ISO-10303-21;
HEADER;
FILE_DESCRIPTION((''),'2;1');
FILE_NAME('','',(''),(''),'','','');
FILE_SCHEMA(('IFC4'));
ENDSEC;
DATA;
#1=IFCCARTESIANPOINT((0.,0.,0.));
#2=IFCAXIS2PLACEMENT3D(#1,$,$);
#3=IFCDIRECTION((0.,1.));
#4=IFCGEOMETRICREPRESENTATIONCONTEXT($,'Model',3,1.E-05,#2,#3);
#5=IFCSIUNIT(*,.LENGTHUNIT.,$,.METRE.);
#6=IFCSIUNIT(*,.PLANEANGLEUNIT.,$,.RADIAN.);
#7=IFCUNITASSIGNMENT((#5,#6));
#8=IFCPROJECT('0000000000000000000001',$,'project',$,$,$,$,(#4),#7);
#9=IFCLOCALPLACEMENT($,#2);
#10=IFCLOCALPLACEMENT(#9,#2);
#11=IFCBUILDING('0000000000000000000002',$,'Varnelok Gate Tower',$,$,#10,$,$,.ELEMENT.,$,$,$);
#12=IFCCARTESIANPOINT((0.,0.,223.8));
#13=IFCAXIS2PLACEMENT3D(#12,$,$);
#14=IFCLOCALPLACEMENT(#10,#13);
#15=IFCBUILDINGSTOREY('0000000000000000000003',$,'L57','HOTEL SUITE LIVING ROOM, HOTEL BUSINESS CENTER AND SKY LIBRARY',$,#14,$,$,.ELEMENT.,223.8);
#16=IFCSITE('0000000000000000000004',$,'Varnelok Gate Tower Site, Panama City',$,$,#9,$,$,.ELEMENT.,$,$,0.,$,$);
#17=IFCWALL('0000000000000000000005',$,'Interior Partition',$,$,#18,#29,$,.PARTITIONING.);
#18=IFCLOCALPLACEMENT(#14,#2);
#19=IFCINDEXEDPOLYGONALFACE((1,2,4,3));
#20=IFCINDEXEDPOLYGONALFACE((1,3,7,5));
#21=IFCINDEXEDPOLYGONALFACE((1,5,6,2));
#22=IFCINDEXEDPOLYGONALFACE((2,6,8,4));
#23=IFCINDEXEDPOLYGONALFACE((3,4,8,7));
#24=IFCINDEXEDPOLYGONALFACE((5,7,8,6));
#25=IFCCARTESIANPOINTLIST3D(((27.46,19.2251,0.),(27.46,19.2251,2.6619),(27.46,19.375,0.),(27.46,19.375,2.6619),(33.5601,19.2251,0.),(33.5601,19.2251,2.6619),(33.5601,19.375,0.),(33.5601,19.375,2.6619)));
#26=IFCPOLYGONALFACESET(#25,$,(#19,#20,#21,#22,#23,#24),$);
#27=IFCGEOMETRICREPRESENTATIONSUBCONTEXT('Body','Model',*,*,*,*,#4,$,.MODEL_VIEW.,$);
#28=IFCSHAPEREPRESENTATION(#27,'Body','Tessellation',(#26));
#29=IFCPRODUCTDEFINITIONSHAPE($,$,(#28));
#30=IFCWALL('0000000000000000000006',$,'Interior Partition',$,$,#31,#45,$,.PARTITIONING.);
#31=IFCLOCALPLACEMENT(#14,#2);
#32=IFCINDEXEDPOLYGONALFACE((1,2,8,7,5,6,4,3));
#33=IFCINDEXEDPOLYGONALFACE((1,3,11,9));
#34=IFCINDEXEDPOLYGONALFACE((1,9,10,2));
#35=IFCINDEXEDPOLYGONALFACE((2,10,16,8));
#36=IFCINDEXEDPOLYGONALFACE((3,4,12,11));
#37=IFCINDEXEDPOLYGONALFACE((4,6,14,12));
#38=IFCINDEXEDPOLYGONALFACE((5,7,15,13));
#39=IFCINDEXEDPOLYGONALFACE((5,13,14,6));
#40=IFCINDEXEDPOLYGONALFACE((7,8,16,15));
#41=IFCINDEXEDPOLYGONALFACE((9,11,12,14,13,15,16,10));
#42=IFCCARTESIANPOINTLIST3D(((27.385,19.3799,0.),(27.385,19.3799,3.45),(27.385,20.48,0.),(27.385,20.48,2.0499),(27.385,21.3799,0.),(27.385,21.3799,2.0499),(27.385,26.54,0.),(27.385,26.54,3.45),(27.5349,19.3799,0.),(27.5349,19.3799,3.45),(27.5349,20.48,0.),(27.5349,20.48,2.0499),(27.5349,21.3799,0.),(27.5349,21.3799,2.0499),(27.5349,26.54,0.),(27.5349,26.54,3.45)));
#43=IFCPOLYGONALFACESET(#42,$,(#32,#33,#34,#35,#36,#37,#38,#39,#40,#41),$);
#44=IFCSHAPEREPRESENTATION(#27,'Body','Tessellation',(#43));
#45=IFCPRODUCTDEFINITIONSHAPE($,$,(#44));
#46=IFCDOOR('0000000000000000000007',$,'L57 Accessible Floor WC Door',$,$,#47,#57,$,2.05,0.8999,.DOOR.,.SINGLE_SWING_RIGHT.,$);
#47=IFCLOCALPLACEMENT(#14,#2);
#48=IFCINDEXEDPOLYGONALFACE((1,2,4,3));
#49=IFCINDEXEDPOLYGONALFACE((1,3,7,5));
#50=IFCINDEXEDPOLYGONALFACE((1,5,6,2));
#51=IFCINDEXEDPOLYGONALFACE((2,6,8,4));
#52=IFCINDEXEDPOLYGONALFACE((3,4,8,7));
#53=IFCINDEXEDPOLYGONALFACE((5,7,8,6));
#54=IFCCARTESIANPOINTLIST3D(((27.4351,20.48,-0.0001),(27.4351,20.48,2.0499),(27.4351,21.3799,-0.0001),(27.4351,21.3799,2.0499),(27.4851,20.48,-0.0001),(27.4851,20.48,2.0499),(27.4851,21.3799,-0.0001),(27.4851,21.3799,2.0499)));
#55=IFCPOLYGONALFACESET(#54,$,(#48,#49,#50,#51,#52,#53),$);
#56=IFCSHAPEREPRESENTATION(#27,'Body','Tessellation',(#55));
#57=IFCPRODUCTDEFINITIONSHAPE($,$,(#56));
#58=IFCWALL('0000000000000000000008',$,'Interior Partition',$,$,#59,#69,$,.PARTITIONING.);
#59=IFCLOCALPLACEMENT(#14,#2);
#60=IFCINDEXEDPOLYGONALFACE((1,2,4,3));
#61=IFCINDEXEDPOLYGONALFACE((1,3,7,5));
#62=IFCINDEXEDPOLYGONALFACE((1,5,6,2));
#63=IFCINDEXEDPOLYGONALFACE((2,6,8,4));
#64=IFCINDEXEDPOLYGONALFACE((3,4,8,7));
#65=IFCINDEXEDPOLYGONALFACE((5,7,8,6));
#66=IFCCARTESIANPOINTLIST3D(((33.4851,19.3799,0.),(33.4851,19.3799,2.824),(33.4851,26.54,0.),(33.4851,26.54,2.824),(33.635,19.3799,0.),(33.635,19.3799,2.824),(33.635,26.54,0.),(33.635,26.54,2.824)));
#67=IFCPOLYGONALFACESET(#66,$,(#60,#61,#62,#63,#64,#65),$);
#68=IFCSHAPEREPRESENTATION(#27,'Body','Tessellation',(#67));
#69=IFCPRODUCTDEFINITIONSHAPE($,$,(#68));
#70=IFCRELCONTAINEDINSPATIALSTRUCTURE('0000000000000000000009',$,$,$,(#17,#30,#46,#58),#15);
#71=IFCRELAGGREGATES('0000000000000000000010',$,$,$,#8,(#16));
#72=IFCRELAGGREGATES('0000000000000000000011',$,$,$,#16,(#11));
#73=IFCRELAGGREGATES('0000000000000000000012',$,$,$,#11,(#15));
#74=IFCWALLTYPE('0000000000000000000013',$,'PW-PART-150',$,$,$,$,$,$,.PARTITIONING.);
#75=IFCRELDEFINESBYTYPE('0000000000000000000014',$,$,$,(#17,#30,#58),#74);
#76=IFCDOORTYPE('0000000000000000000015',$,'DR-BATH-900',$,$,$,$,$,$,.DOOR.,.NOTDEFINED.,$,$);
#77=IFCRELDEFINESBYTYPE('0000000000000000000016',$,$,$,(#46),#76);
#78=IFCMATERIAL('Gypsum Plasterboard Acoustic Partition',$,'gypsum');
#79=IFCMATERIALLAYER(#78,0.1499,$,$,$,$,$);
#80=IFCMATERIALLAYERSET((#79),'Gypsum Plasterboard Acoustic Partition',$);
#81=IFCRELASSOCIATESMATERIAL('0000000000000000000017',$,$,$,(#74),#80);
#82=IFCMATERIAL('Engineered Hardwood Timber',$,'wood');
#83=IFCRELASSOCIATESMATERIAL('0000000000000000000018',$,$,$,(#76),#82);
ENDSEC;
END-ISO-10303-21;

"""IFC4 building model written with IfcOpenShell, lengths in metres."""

from ifc_helpers import new_model, si_unit, direction, frame, frame_2d, origin, place, context, subcontext, project, spatial, rectangle, extrude, material, layer, layer_set, type_object, element, fill, save


model = new_model("IFC4")

# Units and contexts
model_context = context("Model", 3, precision=1e-05, world=origin(), true_north=direction((0.0, 1.0)))
body_context = subcontext(model_context, "Body", "Model", "MODEL_VIEW")
ifc_project = project(units=[si_unit("LENGTHUNIT", "METRE"), si_unit("PLANEANGLEUNIT", "RADIAN")], contexts=[model_context])

# Site, building, storey
site_placement = place(None, origin())
site = spatial("IfcSite", under=ifc_project, at=site_placement, Name="Varnelok Gate Tower Site, Panama City", CompositionType="ELEMENT", RefElevation=0.0)
building_placement = place(site_placement, origin())
building = spatial("IfcBuilding", under=site, at=building_placement, Name="Varnelok Gate Tower", CompositionType="ELEMENT")
storey_placement = place(building_placement, frame((0.0, 0.0, 223.8)))
storey = spatial("IfcBuildingStorey", under=building, at=storey_placement, Name="L57", Description="HOTEL SUITE LIVING ROOM, HOTEL BUSINESS CENTER AND SKY LIBRARY", CompositionType="ELEMENT", Elevation=223.8)

# Shared definitions
ifc_material_1 = material(Name="Gypsum Plasterboard Acoustic Partition", Category="gypsum")
ifc_material_2 = material(Name="Engineered Hardwood Timber", Category="wood")

# Wall
ifc_layer_1 = layer(ifc_material_1, 0.1499)
ifc_layer_set_1 = layer_set([ifc_layer_1], Name="Gypsum Plasterboard Acoustic Partition")
wall_type_1 = type_object("IfcWallType", Name="PW-PART-150", PredefinedType="PARTITIONING", material=ifc_layer_set_1)
wall_1_placement = place(storey_placement, frame((27.46, 19.3, 0.0), z_axis=(0.0, 0.0, 1.0), x_axis=(1.0, 0.0, 0.0)))
element("IfcWall", 1, at=wall_1_placement, inside=storey, type_object=wall_type_1, Name="Interior Partition", PredefinedType="PARTITIONING", context=body_context, shape_type="SweptSolid", body=[
    extrude(rectangle(XDim=6.1001, YDim=0.1499, at=frame_2d((3.05, 0.0))), origin(), (0.0, 0.0, 1.0), 2.6619),
])

# Wall, opening, door
wall_2_placement = place(storey_placement, frame((27.46, 19.3799, 0.0), z_axis=(0.0, 0.0, 1.0), x_axis=(0.0, 1.0, 0.0)))
wall_2 = element("IfcWall", 2, at=wall_2_placement, inside=storey, type_object=wall_type_1, Name="Interior Partition", PredefinedType="PARTITIONING", context=body_context, shape_type="SweptSolid", body=[
    extrude(rectangle(XDim=7.1602, YDim=0.1499, at=frame_2d((3.5801, 0.0))), origin(), (0.0, 0.0, 1.0), 3.45),
])
opening_1_placement = place(wall_2_placement, frame((1.1001, 0.0, 0.0)))
opening_1 = element("IfcOpeningElement", 3, at=opening_1_placement, cuts=wall_2, PredefinedType="OPENING", context=body_context, shape_type="SweptSolid", body=[
    extrude(rectangle(XDim=0.8999, YDim=2.05, at=frame_2d((0.45, 1.0249))), frame((0.0, 0.085, 0.0), z_axis=(0.0, -1.0, 0.0), x_axis=(1.0, 0.0, 0.0)), (0.0, 0.0, 1.0), 0.1699),
])
door_type_1 = type_object("IfcDoorType", Name="DR-BATH-900", OperationType="NOTDEFINED", PredefinedType="DOOR", material=ifc_material_2)
door_1_placement = place(opening_1_placement, origin())
door_1 = element("IfcDoor", 4, at=door_1_placement, inside=storey, type_object=door_type_1, Name="L57 Accessible Floor WC Door", OperationType="SINGLE_SWING_RIGHT", OverallHeight=2.05, OverallWidth=0.8999, PredefinedType="DOOR", context=body_context, shape_type="SweptSolid", body=[
    extrude(rectangle(XDim=0.8999, YDim=2.05, at=frame_2d((0.45, 1.0249))), frame((0.0, 0.0249, 0.0), z_axis=(0.0, -1.0, 0.0), x_axis=(1.0, 0.0, 0.0)), (0.0, 0.0, 1.0), 0.05),
])
fill(opening_1, door_1)

# Wall
wall_3_placement = place(storey_placement, frame((33.5601, 19.3799, 0.0), z_axis=(0.0, 0.0, 1.0), x_axis=(0.0, 1.0, 0.0)))
element("IfcWall", 5, at=wall_3_placement, inside=storey, type_object=wall_type_1, Name="Interior Partition", PredefinedType="PARTITIONING", context=body_context, shape_type="SweptSolid", body=[
    extrude(rectangle(XDim=7.1602, YDim=0.1499, at=frame_2d((3.5801, 0.0))), origin(), (0.0, 0.0, 1.0), 2.824),
])

save(model, "model.ifc")
